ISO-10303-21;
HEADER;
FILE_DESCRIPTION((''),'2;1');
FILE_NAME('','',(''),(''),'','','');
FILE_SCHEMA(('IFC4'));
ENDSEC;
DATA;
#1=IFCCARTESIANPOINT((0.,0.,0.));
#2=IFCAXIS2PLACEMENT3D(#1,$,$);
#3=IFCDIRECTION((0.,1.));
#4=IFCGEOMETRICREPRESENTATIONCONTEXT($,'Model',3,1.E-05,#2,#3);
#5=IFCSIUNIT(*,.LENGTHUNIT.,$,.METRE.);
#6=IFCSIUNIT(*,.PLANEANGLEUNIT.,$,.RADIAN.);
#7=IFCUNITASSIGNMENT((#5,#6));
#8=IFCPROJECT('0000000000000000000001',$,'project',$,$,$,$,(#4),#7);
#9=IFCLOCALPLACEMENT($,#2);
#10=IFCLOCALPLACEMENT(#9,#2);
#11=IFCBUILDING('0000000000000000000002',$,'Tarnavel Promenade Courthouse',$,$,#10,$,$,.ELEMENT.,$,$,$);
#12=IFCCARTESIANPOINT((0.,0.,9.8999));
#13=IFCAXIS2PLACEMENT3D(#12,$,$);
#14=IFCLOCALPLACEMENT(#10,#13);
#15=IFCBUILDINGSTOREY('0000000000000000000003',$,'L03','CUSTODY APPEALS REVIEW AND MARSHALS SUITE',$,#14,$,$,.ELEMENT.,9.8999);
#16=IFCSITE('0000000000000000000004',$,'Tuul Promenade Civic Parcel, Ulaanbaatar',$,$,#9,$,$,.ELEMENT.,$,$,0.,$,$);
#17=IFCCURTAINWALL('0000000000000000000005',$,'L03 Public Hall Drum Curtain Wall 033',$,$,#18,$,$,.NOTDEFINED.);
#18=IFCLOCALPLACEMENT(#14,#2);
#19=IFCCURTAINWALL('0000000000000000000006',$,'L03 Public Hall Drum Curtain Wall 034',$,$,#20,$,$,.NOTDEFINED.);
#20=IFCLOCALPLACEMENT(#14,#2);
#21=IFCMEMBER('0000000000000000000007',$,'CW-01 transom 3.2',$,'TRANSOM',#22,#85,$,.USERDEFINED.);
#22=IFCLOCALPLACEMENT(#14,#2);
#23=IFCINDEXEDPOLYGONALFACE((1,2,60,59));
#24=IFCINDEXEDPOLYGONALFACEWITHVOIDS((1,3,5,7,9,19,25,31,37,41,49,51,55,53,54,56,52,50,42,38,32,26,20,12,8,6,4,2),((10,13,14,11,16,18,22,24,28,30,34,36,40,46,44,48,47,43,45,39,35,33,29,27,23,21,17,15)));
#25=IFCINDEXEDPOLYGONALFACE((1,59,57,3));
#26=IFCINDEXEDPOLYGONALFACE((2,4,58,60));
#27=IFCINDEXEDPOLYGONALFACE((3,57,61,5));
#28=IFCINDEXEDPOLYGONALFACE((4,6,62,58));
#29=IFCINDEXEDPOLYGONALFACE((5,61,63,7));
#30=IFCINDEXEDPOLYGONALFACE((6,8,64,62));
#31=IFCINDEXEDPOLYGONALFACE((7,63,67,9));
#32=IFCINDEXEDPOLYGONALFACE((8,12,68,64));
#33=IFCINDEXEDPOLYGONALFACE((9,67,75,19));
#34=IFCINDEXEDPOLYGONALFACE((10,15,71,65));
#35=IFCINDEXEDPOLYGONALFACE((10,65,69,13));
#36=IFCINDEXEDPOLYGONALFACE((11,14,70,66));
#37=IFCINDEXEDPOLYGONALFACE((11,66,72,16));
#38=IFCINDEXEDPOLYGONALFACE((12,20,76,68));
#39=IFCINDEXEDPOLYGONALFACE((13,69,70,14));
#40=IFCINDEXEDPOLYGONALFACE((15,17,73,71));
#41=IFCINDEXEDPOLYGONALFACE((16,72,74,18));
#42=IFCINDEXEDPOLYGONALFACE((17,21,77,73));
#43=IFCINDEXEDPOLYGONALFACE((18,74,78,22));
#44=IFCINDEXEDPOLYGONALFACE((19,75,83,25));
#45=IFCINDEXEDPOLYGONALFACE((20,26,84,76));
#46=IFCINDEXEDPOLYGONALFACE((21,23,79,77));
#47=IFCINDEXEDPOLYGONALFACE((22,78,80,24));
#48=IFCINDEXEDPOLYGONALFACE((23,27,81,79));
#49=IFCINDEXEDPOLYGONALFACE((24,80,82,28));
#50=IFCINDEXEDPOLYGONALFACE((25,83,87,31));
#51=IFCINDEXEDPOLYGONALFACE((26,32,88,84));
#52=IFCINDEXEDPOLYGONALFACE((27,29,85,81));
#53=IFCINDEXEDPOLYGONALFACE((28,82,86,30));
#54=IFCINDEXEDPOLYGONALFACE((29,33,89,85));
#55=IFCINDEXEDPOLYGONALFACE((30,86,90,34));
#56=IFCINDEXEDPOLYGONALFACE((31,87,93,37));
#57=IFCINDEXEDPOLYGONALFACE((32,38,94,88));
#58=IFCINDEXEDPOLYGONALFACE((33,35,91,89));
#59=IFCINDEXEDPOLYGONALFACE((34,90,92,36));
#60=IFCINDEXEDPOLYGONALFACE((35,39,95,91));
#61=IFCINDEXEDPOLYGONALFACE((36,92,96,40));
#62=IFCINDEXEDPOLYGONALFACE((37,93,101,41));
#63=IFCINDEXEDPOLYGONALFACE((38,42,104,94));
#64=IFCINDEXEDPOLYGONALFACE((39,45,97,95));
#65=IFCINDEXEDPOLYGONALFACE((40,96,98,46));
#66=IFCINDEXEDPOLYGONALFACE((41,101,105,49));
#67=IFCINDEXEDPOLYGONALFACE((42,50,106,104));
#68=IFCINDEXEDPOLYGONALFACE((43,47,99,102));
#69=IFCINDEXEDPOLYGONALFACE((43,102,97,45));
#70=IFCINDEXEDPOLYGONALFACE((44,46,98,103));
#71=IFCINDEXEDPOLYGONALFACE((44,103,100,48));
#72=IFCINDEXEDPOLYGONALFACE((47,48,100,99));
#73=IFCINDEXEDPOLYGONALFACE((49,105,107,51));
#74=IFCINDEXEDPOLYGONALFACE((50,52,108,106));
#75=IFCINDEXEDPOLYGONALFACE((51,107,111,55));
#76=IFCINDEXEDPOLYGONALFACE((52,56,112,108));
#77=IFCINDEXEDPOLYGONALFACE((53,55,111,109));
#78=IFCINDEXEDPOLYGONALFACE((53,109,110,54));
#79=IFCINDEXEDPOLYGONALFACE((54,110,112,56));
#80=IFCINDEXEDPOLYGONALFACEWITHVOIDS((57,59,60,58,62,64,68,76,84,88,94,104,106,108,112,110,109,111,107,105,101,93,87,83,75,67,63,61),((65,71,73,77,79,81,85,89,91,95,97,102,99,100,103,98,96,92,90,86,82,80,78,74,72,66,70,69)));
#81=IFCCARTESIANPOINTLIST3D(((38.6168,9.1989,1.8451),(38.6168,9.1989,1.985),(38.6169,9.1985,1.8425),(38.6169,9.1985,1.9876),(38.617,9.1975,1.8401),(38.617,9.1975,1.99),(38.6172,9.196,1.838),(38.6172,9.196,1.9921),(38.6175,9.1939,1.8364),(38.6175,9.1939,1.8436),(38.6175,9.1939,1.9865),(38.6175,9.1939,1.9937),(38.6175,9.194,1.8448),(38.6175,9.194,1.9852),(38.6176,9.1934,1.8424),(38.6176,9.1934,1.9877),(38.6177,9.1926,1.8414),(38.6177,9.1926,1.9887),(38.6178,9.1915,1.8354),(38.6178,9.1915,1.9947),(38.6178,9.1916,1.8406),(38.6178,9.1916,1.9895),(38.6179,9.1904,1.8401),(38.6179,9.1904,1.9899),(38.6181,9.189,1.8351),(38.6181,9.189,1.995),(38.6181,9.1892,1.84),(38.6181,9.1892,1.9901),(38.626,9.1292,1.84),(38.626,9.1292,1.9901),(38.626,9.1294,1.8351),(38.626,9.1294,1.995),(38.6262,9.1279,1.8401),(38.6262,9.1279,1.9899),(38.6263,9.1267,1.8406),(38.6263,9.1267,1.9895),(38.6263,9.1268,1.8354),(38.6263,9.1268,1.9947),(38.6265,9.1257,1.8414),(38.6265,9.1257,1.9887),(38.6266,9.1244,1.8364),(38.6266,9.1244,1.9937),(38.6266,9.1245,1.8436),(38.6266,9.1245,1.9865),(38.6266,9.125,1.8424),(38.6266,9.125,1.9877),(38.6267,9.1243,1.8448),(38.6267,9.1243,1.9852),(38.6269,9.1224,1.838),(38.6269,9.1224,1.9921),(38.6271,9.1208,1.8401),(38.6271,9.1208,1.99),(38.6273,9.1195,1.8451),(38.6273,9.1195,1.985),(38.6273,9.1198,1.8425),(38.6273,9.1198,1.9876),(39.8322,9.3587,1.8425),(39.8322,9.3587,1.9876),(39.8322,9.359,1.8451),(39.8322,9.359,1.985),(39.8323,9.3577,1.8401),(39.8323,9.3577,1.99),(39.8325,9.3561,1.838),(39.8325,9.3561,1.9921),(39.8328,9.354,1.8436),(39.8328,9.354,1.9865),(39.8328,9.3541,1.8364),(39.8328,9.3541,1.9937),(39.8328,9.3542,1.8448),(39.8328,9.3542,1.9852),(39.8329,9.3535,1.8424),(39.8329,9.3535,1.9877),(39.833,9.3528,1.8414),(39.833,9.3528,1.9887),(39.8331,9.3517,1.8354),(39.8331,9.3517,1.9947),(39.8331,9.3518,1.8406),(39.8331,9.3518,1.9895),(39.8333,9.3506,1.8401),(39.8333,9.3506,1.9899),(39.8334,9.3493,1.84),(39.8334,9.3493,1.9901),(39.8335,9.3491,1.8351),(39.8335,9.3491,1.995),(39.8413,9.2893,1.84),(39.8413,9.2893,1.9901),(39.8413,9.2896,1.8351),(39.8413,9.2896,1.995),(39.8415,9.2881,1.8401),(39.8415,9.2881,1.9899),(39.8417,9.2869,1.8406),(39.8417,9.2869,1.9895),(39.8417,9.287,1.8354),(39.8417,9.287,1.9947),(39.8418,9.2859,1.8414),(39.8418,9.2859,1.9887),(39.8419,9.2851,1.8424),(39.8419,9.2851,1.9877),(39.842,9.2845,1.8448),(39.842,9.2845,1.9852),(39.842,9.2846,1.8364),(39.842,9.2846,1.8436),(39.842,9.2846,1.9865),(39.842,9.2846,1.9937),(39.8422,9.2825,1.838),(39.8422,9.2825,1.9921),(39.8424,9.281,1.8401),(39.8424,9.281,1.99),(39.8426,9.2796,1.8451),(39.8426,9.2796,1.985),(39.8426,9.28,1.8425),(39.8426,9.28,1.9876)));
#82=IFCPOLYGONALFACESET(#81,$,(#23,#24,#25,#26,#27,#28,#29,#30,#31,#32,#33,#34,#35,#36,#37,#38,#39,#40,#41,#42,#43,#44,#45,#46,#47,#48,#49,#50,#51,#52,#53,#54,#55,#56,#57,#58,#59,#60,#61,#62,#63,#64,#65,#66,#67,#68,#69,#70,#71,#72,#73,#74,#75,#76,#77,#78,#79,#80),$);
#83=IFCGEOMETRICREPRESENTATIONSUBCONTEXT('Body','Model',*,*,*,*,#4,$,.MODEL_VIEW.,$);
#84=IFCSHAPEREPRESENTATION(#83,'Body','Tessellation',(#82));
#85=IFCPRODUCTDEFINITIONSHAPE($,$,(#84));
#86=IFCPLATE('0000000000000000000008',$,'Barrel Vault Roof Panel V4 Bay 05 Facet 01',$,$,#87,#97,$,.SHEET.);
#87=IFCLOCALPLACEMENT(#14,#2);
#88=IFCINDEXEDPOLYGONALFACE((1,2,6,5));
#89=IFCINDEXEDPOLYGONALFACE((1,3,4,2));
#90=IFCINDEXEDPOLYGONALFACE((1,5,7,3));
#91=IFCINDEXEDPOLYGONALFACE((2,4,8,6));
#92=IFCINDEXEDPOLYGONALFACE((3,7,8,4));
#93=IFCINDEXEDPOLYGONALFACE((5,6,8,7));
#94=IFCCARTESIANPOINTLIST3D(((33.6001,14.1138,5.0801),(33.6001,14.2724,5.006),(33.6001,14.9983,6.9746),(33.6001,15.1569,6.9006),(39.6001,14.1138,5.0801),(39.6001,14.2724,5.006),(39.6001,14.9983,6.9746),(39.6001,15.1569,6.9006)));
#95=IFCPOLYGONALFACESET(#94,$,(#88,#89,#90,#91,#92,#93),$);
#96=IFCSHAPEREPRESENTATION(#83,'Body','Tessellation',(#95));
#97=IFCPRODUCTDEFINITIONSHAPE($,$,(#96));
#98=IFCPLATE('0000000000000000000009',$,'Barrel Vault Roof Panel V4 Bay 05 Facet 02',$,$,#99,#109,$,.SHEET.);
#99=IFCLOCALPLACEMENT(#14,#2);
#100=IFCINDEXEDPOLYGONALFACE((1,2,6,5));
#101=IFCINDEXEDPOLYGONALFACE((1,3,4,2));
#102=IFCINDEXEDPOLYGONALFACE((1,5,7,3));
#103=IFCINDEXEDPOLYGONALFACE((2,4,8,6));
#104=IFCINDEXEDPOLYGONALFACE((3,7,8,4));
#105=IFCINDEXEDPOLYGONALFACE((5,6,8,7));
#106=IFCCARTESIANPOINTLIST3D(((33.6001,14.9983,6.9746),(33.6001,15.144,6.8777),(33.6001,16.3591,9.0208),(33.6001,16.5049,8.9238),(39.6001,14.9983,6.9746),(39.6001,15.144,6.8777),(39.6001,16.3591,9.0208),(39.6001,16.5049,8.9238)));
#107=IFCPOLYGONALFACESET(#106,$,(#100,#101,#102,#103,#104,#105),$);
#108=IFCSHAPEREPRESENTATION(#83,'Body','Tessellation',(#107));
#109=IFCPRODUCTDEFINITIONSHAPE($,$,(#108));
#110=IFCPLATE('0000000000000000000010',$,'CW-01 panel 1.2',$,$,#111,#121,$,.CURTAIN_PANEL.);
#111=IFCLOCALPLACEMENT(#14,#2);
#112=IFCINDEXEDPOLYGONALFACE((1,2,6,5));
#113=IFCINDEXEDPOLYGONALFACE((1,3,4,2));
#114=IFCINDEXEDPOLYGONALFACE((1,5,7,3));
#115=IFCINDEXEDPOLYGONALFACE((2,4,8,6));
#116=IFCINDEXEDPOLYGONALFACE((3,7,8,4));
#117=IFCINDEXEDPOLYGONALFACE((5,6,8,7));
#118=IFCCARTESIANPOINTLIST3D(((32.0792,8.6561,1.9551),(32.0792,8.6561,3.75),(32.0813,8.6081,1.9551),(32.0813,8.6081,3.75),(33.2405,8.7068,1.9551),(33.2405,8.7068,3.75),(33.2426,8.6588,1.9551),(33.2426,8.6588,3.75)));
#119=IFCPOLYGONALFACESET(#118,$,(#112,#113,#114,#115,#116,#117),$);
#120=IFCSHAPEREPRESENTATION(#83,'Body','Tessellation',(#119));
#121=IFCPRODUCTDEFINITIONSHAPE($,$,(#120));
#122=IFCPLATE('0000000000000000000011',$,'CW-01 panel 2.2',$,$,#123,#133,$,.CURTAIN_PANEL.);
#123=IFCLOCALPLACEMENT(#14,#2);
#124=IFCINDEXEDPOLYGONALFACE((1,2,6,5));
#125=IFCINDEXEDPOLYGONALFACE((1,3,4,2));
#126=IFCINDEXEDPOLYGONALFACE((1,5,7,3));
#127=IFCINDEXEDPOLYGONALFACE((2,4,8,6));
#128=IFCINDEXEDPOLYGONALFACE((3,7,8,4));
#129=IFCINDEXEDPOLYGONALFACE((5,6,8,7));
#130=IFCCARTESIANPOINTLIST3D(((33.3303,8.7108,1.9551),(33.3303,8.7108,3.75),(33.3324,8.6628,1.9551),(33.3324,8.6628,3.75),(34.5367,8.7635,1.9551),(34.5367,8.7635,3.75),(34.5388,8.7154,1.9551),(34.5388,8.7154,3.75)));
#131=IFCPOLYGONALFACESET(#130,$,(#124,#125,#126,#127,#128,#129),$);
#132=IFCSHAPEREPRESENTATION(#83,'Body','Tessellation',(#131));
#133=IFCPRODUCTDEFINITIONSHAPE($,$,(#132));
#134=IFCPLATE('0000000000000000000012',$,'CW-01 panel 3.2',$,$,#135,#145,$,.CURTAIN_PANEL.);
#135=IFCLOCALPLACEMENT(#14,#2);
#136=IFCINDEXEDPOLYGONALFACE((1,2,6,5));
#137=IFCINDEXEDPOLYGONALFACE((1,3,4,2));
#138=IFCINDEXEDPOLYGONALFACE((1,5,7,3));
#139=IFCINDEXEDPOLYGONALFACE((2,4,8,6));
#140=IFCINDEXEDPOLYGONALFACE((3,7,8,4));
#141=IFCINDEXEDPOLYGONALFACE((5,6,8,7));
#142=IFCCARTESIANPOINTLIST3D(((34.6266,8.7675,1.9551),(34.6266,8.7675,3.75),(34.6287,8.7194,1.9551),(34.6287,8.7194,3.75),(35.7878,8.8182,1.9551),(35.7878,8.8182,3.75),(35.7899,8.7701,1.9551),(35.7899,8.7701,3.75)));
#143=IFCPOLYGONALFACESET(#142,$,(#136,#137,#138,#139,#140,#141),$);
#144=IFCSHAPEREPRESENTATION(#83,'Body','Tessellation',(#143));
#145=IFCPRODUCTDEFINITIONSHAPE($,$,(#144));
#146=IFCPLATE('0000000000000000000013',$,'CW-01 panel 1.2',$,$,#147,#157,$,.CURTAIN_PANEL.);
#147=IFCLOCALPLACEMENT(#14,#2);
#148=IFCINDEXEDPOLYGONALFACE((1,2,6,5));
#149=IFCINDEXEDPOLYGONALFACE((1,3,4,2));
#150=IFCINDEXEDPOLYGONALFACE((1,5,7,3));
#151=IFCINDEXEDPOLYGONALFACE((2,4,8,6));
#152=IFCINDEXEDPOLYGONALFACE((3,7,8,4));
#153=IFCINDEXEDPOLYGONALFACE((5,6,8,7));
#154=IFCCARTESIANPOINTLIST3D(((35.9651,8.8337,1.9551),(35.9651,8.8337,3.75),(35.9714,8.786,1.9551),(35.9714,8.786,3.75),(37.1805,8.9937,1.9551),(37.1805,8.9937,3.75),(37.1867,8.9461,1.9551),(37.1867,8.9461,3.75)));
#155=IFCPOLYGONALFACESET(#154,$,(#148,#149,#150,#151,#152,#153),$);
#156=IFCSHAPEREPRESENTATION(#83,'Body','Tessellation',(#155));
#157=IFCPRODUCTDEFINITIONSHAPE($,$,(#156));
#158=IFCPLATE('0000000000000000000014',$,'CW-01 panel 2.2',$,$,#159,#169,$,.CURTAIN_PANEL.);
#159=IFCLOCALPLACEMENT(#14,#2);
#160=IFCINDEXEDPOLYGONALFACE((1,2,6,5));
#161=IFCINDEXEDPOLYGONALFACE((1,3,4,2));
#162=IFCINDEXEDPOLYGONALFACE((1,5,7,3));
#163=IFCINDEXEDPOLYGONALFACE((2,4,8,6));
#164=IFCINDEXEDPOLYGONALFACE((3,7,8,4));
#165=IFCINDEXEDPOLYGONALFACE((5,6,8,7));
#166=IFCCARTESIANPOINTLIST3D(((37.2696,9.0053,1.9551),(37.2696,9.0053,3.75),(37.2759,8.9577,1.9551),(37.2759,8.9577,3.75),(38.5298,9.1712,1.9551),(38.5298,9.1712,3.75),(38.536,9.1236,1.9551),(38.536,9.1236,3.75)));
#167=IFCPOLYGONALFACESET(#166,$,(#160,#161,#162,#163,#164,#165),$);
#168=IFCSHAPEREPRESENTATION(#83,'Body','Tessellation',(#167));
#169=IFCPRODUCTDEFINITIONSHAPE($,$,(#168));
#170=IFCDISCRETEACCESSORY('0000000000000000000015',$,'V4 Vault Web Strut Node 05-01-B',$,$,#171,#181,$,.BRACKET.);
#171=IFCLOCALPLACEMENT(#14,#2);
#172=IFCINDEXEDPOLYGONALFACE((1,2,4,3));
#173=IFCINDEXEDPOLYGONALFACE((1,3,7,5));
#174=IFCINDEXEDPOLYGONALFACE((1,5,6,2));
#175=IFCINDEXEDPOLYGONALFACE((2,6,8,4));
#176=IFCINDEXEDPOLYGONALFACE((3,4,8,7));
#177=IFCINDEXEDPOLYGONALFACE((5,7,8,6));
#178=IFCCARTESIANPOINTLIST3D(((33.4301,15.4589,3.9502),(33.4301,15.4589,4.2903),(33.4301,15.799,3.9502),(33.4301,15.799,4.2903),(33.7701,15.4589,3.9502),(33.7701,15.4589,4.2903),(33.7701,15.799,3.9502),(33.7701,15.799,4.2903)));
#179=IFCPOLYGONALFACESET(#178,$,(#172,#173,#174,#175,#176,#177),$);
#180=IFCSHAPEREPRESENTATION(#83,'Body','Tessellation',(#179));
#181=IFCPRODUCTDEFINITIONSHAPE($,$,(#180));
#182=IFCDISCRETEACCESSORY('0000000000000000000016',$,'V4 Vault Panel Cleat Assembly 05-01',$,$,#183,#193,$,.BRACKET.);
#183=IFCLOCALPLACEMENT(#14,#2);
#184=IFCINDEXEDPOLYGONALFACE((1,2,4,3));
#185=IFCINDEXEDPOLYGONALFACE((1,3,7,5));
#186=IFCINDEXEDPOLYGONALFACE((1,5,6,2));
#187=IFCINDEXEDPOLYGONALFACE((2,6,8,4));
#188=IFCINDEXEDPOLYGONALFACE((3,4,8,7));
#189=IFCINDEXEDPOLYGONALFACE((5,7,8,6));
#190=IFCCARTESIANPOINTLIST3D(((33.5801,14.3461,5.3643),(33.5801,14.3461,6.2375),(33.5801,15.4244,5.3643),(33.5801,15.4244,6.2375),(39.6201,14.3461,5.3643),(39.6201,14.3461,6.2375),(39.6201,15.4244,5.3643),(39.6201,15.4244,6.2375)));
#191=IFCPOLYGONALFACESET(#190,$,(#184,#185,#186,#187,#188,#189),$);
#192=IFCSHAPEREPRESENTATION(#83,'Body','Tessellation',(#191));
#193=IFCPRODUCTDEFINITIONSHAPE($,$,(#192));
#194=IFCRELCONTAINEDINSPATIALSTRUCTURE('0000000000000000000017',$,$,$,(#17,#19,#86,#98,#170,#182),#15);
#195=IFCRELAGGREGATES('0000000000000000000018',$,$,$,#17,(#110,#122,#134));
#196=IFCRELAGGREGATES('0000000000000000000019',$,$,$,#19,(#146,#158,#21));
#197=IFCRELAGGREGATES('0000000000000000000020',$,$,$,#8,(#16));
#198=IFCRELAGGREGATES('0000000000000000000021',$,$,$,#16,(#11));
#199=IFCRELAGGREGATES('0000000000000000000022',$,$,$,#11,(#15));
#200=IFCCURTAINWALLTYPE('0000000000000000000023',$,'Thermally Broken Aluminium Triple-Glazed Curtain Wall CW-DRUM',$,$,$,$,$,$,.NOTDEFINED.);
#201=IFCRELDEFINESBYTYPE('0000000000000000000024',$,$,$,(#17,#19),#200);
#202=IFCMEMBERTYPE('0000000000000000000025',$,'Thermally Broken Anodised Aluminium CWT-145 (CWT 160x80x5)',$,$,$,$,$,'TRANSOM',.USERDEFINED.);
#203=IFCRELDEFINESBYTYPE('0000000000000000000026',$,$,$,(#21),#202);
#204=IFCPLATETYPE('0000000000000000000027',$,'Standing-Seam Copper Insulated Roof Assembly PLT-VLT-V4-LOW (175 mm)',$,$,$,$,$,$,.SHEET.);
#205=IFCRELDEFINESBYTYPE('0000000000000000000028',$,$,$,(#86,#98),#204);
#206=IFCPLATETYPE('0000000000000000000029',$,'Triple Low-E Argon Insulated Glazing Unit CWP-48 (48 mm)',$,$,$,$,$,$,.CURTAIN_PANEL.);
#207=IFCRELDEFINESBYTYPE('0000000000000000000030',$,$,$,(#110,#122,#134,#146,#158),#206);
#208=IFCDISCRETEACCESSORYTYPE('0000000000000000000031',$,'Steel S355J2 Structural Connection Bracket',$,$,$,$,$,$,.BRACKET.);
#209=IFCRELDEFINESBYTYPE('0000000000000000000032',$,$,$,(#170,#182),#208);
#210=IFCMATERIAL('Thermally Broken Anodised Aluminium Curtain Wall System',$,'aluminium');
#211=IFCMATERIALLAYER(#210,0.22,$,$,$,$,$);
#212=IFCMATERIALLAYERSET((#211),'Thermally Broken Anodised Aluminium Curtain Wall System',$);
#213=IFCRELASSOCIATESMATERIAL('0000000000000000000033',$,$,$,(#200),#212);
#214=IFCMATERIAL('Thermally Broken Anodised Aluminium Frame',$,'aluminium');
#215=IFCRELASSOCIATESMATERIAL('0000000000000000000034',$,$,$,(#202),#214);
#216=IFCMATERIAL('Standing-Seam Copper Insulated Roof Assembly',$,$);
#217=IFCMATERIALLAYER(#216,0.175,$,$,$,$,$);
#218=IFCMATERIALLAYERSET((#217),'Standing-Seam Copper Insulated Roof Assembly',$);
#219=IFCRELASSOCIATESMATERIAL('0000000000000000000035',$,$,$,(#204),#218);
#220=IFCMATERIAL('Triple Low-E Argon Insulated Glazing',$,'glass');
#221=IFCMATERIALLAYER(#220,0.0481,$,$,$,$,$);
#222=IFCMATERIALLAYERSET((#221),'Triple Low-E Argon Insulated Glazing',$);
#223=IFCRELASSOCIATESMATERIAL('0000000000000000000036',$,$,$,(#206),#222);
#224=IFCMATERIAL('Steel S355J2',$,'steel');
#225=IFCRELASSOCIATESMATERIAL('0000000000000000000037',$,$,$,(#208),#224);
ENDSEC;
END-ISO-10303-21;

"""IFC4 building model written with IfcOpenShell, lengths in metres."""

from ifc_helpers import new_model, si_unit, direction, frame, origin, origin_2d, place, context, subcontext, project, spatial, polyline, rectangle, hollow_rectangle, outline, extrude, material, layer, layer_set, material_profile, profile_set, type_object, element, aggregate, save


model = new_model("IFC4")

# Units and contexts
model_context = context("Model", 3, precision=1e-05, world=origin(), true_north=direction((0.0, 1.0)))
body_context = subcontext(model_context, "Body", "Model", "MODEL_VIEW")
ifc_project = project(units=[si_unit("LENGTHUNIT", "METRE"), si_unit("PLANEANGLEUNIT", "RADIAN")], contexts=[model_context])

# Site, building, storey
site_placement = place(None, origin())
site = spatial("IfcSite", under=ifc_project, at=site_placement, Name="Tuul Promenade Civic Parcel, Ulaanbaatar", CompositionType="ELEMENT", RefElevation=0.0)
building_placement = place(site_placement, origin())
building = spatial("IfcBuilding", under=site, at=building_placement, Name="Tarnavel Promenade Courthouse", CompositionType="ELEMENT")
storey_placement = place(building_placement, frame((0.0, 0.0, 9.8999)))
storey = spatial("IfcBuildingStorey", under=building, at=storey_placement, Name="L03", Description="CUSTODY APPEALS REVIEW AND MARSHALS SUITE", CompositionType="ELEMENT", Elevation=9.8999)

# Shared definitions
ifc_material_1 = material(Name="Steel S355J2", Category="steel")

# Curtain walls, member
ifc_material_2 = material(Name="Thermally Broken Anodised Aluminium Curtain Wall System", Category="aluminium")
ifc_layer_1 = layer(ifc_material_2, 0.22)
ifc_layer_set_1 = layer_set([ifc_layer_1], Name="Thermally Broken Anodised Aluminium Curtain Wall System")
curtain_wall_type = type_object("IfcCurtainWallType", Name="Thermally Broken Aluminium Triple-Glazed Curtain Wall CW-DRUM", PredefinedType="NOTDEFINED", material=ifc_layer_set_1)
curtain_wall_1_placement = place(storey_placement, origin())
curtain_wall_1 = element("IfcCurtainWall", 1, at=curtain_wall_1_placement, inside=storey, type_object=curtain_wall_type, Name="L03 Public Hall Drum Curtain Wall 033", PredefinedType="NOTDEFINED")
ifc_material_3 = material(Name="Thermally Broken Anodised Aluminium Frame", Category="aluminium")
ifc_material_profile_1 = material_profile(ifc_material_3, hollow_rectangle(XDim=0.0801, YDim=0.1599, WallThickness=0.0049, InnerFilletRadius=0.0049, OuterFilletRadius=0.01, at=origin_2d()), Name="CWT 160x80x5")
ifc_profile_set_1 = profile_set([ifc_material_profile_1], Name="Thermally Broken Anodised Aluminium Frame")
member_type_1 = type_object("IfcMemberType", Name="Thermally Broken Anodised Aluminium CWT-145 (CWT 160x80x5)", ElementType="TRANSOM", PredefinedType="USERDEFINED", material=ifc_profile_set_1)
curtain_wall_2_placement = place(storey_placement, origin())
curtain_wall_2 = element("IfcCurtainWall", 2, at=curtain_wall_2_placement, inside=storey, type_object=curtain_wall_type, Name="L03 Public Hall Drum Curtain Wall 034", PredefinedType="NOTDEFINED")
member_1_placement = place(storey_placement, frame((38.6221, 9.1592, 1.915), z_axis=(0.991429, 0.13065, 0.0), x_axis=(-0.13065, 0.991429, 0.0)))
member_1 = element("IfcMember", 3, at=member_1_placement, type_object=member_type_1, Name="CW-01 transom 3.2", ObjectType="TRANSOM", PredefinedType="USERDEFINED", context=body_context, shape_type="SweptSolid", body=[
    extrude(hollow_rectangle(XDim=0.0801, YDim=0.1599, WallThickness=0.0049, InnerFilletRadius=0.0049, OuterFilletRadius=0.01, at=origin_2d()), origin(), (0.0, 0.0, 1.0), 1.2258),
])

# Plates
ifc_material_4 = material(Name="Standing-Seam Copper Insulated Roof Assembly")
ifc_layer_2 = layer(ifc_material_4, 0.175)
ifc_layer_set_2 = layer_set([ifc_layer_2], Name="Standing-Seam Copper Insulated Roof Assembly")
plate_type_1 = type_object("IfcPlateType", Name="Standing-Seam Copper Insulated Roof Assembly PLT-VLT-V4-LOW (175 mm)", PredefinedType="SHEET", material=ifc_layer_set_2)
plate_1_placement = place(storey_placement, frame((33.6001, 14.1138, 5.0801), z_axis=(0.0, -0.906109, 0.423045), x_axis=(1.0, 0.0, 0.0)))
element("IfcPlate", 4, at=plate_1_placement, inside=storey, type_object=plate_type_1, Name="Barrel Vault Roof Panel V4 Bay 05 Facet 01", PredefinedType="SHEET", context=body_context, shape_type="SweptSolid", body=[
    extrude(outline(polyline([(0.0, 0.0), (6.0, 0.0), (6.0, 2.0908), (0.0, 2.0908), (0.0, 0.0)])), origin(), (0.0, 0.0, -1.0), 0.175),
])
plate_2_placement = place(storey_placement, frame((33.6001, 14.9983, 6.9746), z_axis=(0.0, -0.832661, 0.553783), x_axis=(1.0, 0.0, 0.0)))
element("IfcPlate", 5, at=plate_2_placement, inside=storey, type_object=plate_type_1, Name="Barrel Vault Roof Panel V4 Bay 05 Facet 02", PredefinedType="SHEET", context=body_context, shape_type="SweptSolid", body=[
    extrude(outline(polyline([(0.0, 0.0), (6.0, 0.0), (6.0, 2.4574), (0.0, 2.4574), (0.0, 0.0)])), origin(), (0.0, 0.0, -1.0), 0.175),
])

# Plates
ifc_material_5 = material(Name="Triple Low-E Argon Insulated Glazing", Category="glass")
ifc_layer_3 = layer(ifc_material_5, 0.0481)
ifc_layer_set_3 = layer_set([ifc_layer_3], Name="Triple Low-E Argon Insulated Glazing")
plate_type_2 = type_object("IfcPlateType", Name="Triple Low-E Argon Insulated Glazing Unit CWP-48 (48 mm)", PredefinedType="CURTAIN_PANEL", material=ifc_layer_set_3)
plate_3_placement = place(storey_placement, frame((32.6609, 8.6575, 1.9551), z_axis=(0.0, 0.0, 1.0), x_axis=(0.999048, 0.043619, 0.0)))
plate_3 = element("IfcPlate", 6, at=plate_3_placement, type_object=plate_type_2, Name="CW-01 panel 1.2", PredefinedType="CURTAIN_PANEL", context=body_context, shape_type="SweptSolid", body=[
    extrude(rectangle(XDim=1.1624, YDim=0.0481, at=origin_2d()), origin(), (0.0, 0.0, 1.0), 1.7949),
])
plate_4_placement = place(storey_placement, frame((33.9346, 8.7131, 1.9551), z_axis=(0.0, 0.0, 1.0), x_axis=(0.999048, 0.043619, 0.0)))
plate_4 = element("IfcPlate", 7, at=plate_4_placement, type_object=plate_type_2, Name="CW-01 panel 2.2", PredefinedType="CURTAIN_PANEL", context=body_context, shape_type="SweptSolid", body=[
    extrude(rectangle(XDim=1.2075, YDim=0.0481, at=origin_2d()), origin(), (0.0, 0.0, 1.0), 1.7949),
])
plate_5_placement = place(storey_placement, frame((35.2083, 8.7688, 1.9551), z_axis=(0.0, 0.0, 1.0), x_axis=(0.999048, 0.043619, 0.0)))
plate_5 = element("IfcPlate", 8, at=plate_5_placement, type_object=plate_type_2, Name="CW-01 panel 3.2", PredefinedType="CURTAIN_PANEL", context=body_context, shape_type="SweptSolid", body=[
    extrude(rectangle(XDim=1.1624, YDim=0.0481, at=origin_2d()), origin(), (0.0, 0.0, 1.0), 1.7949),
])
aggregate(curtain_wall_1, [plate_3, plate_4, plate_5])
plate_6_placement = place(storey_placement, frame((36.5759, 8.8899, 1.9551), z_axis=(0.0, 0.0, 1.0), x_axis=(0.991445, 0.130526, 0.0)))
plate_6 = element("IfcPlate", 9, at=plate_6_placement, type_object=plate_type_2, Name="CW-01 panel 1.2", PredefinedType="CURTAIN_PANEL", context=body_context, shape_type="SweptSolid", body=[
    extrude(rectangle(XDim=1.2258, YDim=0.0481, at=origin_2d()), origin(), (0.0, 0.0, 1.0), 1.7949),
])
plate_7_placement = place(storey_placement, frame((37.9028, 9.0645, 1.9551), z_axis=(0.0, 0.0, 1.0), x_axis=(0.991445, 0.130526, 0.0)))
plate_7 = element("IfcPlate", 10, at=plate_7_placement, type_object=plate_type_2, Name="CW-01 panel 2.2", PredefinedType="CURTAIN_PANEL", context=body_context, shape_type="SweptSolid", body=[
    extrude(rectangle(XDim=1.271, YDim=0.0481, at=origin_2d()), origin(), (0.0, 0.0, 1.0), 1.7949),
])
aggregate(curtain_wall_2, [plate_6, plate_7, member_1])

# Discrete accessories
discrete_accessory_type = type_object("IfcDiscreteAccessoryType", Name="Steel S355J2 Structural Connection Bracket", PredefinedType="BRACKET", material=ifc_material_1)
discrete_accessory_1_placement = place(storey_placement, frame((33.6001, 15.6289, 3.9502), z_axis=(0.0, 0.0, 1.0), x_axis=(1.0, 0.0, 0.0)))
element("IfcDiscreteAccessory", 11, at=discrete_accessory_1_placement, inside=storey, type_object=discrete_accessory_type, Name="V4 Vault Web Strut Node 05-01-B", PredefinedType="BRACKET", context=body_context, shape_type="SweptSolid", body=[
    extrude(rectangle(XDim=0.3401, YDim=0.3401, at=origin_2d()), origin(), (0.0, 0.0, 1.0), 0.3401),
])
discrete_accessory_2_placement = place(storey_placement, frame((36.6001, 14.8853, 5.3643), z_axis=(0.0, 0.0, 1.0), x_axis=(1.0, 0.0, 0.0)))
element("IfcDiscreteAccessory", 12, at=discrete_accessory_2_placement, inside=storey, type_object=discrete_accessory_type, Name="V4 Vault Panel Cleat Assembly 05-01", PredefinedType="BRACKET", context=body_context, shape_type="SweptSolid", body=[
    extrude(rectangle(XDim=6.04, YDim=1.0784, at=origin_2d()), origin(), (0.0, 0.0, 1.0), 0.8733),
])

save(model, "model.ifc")
